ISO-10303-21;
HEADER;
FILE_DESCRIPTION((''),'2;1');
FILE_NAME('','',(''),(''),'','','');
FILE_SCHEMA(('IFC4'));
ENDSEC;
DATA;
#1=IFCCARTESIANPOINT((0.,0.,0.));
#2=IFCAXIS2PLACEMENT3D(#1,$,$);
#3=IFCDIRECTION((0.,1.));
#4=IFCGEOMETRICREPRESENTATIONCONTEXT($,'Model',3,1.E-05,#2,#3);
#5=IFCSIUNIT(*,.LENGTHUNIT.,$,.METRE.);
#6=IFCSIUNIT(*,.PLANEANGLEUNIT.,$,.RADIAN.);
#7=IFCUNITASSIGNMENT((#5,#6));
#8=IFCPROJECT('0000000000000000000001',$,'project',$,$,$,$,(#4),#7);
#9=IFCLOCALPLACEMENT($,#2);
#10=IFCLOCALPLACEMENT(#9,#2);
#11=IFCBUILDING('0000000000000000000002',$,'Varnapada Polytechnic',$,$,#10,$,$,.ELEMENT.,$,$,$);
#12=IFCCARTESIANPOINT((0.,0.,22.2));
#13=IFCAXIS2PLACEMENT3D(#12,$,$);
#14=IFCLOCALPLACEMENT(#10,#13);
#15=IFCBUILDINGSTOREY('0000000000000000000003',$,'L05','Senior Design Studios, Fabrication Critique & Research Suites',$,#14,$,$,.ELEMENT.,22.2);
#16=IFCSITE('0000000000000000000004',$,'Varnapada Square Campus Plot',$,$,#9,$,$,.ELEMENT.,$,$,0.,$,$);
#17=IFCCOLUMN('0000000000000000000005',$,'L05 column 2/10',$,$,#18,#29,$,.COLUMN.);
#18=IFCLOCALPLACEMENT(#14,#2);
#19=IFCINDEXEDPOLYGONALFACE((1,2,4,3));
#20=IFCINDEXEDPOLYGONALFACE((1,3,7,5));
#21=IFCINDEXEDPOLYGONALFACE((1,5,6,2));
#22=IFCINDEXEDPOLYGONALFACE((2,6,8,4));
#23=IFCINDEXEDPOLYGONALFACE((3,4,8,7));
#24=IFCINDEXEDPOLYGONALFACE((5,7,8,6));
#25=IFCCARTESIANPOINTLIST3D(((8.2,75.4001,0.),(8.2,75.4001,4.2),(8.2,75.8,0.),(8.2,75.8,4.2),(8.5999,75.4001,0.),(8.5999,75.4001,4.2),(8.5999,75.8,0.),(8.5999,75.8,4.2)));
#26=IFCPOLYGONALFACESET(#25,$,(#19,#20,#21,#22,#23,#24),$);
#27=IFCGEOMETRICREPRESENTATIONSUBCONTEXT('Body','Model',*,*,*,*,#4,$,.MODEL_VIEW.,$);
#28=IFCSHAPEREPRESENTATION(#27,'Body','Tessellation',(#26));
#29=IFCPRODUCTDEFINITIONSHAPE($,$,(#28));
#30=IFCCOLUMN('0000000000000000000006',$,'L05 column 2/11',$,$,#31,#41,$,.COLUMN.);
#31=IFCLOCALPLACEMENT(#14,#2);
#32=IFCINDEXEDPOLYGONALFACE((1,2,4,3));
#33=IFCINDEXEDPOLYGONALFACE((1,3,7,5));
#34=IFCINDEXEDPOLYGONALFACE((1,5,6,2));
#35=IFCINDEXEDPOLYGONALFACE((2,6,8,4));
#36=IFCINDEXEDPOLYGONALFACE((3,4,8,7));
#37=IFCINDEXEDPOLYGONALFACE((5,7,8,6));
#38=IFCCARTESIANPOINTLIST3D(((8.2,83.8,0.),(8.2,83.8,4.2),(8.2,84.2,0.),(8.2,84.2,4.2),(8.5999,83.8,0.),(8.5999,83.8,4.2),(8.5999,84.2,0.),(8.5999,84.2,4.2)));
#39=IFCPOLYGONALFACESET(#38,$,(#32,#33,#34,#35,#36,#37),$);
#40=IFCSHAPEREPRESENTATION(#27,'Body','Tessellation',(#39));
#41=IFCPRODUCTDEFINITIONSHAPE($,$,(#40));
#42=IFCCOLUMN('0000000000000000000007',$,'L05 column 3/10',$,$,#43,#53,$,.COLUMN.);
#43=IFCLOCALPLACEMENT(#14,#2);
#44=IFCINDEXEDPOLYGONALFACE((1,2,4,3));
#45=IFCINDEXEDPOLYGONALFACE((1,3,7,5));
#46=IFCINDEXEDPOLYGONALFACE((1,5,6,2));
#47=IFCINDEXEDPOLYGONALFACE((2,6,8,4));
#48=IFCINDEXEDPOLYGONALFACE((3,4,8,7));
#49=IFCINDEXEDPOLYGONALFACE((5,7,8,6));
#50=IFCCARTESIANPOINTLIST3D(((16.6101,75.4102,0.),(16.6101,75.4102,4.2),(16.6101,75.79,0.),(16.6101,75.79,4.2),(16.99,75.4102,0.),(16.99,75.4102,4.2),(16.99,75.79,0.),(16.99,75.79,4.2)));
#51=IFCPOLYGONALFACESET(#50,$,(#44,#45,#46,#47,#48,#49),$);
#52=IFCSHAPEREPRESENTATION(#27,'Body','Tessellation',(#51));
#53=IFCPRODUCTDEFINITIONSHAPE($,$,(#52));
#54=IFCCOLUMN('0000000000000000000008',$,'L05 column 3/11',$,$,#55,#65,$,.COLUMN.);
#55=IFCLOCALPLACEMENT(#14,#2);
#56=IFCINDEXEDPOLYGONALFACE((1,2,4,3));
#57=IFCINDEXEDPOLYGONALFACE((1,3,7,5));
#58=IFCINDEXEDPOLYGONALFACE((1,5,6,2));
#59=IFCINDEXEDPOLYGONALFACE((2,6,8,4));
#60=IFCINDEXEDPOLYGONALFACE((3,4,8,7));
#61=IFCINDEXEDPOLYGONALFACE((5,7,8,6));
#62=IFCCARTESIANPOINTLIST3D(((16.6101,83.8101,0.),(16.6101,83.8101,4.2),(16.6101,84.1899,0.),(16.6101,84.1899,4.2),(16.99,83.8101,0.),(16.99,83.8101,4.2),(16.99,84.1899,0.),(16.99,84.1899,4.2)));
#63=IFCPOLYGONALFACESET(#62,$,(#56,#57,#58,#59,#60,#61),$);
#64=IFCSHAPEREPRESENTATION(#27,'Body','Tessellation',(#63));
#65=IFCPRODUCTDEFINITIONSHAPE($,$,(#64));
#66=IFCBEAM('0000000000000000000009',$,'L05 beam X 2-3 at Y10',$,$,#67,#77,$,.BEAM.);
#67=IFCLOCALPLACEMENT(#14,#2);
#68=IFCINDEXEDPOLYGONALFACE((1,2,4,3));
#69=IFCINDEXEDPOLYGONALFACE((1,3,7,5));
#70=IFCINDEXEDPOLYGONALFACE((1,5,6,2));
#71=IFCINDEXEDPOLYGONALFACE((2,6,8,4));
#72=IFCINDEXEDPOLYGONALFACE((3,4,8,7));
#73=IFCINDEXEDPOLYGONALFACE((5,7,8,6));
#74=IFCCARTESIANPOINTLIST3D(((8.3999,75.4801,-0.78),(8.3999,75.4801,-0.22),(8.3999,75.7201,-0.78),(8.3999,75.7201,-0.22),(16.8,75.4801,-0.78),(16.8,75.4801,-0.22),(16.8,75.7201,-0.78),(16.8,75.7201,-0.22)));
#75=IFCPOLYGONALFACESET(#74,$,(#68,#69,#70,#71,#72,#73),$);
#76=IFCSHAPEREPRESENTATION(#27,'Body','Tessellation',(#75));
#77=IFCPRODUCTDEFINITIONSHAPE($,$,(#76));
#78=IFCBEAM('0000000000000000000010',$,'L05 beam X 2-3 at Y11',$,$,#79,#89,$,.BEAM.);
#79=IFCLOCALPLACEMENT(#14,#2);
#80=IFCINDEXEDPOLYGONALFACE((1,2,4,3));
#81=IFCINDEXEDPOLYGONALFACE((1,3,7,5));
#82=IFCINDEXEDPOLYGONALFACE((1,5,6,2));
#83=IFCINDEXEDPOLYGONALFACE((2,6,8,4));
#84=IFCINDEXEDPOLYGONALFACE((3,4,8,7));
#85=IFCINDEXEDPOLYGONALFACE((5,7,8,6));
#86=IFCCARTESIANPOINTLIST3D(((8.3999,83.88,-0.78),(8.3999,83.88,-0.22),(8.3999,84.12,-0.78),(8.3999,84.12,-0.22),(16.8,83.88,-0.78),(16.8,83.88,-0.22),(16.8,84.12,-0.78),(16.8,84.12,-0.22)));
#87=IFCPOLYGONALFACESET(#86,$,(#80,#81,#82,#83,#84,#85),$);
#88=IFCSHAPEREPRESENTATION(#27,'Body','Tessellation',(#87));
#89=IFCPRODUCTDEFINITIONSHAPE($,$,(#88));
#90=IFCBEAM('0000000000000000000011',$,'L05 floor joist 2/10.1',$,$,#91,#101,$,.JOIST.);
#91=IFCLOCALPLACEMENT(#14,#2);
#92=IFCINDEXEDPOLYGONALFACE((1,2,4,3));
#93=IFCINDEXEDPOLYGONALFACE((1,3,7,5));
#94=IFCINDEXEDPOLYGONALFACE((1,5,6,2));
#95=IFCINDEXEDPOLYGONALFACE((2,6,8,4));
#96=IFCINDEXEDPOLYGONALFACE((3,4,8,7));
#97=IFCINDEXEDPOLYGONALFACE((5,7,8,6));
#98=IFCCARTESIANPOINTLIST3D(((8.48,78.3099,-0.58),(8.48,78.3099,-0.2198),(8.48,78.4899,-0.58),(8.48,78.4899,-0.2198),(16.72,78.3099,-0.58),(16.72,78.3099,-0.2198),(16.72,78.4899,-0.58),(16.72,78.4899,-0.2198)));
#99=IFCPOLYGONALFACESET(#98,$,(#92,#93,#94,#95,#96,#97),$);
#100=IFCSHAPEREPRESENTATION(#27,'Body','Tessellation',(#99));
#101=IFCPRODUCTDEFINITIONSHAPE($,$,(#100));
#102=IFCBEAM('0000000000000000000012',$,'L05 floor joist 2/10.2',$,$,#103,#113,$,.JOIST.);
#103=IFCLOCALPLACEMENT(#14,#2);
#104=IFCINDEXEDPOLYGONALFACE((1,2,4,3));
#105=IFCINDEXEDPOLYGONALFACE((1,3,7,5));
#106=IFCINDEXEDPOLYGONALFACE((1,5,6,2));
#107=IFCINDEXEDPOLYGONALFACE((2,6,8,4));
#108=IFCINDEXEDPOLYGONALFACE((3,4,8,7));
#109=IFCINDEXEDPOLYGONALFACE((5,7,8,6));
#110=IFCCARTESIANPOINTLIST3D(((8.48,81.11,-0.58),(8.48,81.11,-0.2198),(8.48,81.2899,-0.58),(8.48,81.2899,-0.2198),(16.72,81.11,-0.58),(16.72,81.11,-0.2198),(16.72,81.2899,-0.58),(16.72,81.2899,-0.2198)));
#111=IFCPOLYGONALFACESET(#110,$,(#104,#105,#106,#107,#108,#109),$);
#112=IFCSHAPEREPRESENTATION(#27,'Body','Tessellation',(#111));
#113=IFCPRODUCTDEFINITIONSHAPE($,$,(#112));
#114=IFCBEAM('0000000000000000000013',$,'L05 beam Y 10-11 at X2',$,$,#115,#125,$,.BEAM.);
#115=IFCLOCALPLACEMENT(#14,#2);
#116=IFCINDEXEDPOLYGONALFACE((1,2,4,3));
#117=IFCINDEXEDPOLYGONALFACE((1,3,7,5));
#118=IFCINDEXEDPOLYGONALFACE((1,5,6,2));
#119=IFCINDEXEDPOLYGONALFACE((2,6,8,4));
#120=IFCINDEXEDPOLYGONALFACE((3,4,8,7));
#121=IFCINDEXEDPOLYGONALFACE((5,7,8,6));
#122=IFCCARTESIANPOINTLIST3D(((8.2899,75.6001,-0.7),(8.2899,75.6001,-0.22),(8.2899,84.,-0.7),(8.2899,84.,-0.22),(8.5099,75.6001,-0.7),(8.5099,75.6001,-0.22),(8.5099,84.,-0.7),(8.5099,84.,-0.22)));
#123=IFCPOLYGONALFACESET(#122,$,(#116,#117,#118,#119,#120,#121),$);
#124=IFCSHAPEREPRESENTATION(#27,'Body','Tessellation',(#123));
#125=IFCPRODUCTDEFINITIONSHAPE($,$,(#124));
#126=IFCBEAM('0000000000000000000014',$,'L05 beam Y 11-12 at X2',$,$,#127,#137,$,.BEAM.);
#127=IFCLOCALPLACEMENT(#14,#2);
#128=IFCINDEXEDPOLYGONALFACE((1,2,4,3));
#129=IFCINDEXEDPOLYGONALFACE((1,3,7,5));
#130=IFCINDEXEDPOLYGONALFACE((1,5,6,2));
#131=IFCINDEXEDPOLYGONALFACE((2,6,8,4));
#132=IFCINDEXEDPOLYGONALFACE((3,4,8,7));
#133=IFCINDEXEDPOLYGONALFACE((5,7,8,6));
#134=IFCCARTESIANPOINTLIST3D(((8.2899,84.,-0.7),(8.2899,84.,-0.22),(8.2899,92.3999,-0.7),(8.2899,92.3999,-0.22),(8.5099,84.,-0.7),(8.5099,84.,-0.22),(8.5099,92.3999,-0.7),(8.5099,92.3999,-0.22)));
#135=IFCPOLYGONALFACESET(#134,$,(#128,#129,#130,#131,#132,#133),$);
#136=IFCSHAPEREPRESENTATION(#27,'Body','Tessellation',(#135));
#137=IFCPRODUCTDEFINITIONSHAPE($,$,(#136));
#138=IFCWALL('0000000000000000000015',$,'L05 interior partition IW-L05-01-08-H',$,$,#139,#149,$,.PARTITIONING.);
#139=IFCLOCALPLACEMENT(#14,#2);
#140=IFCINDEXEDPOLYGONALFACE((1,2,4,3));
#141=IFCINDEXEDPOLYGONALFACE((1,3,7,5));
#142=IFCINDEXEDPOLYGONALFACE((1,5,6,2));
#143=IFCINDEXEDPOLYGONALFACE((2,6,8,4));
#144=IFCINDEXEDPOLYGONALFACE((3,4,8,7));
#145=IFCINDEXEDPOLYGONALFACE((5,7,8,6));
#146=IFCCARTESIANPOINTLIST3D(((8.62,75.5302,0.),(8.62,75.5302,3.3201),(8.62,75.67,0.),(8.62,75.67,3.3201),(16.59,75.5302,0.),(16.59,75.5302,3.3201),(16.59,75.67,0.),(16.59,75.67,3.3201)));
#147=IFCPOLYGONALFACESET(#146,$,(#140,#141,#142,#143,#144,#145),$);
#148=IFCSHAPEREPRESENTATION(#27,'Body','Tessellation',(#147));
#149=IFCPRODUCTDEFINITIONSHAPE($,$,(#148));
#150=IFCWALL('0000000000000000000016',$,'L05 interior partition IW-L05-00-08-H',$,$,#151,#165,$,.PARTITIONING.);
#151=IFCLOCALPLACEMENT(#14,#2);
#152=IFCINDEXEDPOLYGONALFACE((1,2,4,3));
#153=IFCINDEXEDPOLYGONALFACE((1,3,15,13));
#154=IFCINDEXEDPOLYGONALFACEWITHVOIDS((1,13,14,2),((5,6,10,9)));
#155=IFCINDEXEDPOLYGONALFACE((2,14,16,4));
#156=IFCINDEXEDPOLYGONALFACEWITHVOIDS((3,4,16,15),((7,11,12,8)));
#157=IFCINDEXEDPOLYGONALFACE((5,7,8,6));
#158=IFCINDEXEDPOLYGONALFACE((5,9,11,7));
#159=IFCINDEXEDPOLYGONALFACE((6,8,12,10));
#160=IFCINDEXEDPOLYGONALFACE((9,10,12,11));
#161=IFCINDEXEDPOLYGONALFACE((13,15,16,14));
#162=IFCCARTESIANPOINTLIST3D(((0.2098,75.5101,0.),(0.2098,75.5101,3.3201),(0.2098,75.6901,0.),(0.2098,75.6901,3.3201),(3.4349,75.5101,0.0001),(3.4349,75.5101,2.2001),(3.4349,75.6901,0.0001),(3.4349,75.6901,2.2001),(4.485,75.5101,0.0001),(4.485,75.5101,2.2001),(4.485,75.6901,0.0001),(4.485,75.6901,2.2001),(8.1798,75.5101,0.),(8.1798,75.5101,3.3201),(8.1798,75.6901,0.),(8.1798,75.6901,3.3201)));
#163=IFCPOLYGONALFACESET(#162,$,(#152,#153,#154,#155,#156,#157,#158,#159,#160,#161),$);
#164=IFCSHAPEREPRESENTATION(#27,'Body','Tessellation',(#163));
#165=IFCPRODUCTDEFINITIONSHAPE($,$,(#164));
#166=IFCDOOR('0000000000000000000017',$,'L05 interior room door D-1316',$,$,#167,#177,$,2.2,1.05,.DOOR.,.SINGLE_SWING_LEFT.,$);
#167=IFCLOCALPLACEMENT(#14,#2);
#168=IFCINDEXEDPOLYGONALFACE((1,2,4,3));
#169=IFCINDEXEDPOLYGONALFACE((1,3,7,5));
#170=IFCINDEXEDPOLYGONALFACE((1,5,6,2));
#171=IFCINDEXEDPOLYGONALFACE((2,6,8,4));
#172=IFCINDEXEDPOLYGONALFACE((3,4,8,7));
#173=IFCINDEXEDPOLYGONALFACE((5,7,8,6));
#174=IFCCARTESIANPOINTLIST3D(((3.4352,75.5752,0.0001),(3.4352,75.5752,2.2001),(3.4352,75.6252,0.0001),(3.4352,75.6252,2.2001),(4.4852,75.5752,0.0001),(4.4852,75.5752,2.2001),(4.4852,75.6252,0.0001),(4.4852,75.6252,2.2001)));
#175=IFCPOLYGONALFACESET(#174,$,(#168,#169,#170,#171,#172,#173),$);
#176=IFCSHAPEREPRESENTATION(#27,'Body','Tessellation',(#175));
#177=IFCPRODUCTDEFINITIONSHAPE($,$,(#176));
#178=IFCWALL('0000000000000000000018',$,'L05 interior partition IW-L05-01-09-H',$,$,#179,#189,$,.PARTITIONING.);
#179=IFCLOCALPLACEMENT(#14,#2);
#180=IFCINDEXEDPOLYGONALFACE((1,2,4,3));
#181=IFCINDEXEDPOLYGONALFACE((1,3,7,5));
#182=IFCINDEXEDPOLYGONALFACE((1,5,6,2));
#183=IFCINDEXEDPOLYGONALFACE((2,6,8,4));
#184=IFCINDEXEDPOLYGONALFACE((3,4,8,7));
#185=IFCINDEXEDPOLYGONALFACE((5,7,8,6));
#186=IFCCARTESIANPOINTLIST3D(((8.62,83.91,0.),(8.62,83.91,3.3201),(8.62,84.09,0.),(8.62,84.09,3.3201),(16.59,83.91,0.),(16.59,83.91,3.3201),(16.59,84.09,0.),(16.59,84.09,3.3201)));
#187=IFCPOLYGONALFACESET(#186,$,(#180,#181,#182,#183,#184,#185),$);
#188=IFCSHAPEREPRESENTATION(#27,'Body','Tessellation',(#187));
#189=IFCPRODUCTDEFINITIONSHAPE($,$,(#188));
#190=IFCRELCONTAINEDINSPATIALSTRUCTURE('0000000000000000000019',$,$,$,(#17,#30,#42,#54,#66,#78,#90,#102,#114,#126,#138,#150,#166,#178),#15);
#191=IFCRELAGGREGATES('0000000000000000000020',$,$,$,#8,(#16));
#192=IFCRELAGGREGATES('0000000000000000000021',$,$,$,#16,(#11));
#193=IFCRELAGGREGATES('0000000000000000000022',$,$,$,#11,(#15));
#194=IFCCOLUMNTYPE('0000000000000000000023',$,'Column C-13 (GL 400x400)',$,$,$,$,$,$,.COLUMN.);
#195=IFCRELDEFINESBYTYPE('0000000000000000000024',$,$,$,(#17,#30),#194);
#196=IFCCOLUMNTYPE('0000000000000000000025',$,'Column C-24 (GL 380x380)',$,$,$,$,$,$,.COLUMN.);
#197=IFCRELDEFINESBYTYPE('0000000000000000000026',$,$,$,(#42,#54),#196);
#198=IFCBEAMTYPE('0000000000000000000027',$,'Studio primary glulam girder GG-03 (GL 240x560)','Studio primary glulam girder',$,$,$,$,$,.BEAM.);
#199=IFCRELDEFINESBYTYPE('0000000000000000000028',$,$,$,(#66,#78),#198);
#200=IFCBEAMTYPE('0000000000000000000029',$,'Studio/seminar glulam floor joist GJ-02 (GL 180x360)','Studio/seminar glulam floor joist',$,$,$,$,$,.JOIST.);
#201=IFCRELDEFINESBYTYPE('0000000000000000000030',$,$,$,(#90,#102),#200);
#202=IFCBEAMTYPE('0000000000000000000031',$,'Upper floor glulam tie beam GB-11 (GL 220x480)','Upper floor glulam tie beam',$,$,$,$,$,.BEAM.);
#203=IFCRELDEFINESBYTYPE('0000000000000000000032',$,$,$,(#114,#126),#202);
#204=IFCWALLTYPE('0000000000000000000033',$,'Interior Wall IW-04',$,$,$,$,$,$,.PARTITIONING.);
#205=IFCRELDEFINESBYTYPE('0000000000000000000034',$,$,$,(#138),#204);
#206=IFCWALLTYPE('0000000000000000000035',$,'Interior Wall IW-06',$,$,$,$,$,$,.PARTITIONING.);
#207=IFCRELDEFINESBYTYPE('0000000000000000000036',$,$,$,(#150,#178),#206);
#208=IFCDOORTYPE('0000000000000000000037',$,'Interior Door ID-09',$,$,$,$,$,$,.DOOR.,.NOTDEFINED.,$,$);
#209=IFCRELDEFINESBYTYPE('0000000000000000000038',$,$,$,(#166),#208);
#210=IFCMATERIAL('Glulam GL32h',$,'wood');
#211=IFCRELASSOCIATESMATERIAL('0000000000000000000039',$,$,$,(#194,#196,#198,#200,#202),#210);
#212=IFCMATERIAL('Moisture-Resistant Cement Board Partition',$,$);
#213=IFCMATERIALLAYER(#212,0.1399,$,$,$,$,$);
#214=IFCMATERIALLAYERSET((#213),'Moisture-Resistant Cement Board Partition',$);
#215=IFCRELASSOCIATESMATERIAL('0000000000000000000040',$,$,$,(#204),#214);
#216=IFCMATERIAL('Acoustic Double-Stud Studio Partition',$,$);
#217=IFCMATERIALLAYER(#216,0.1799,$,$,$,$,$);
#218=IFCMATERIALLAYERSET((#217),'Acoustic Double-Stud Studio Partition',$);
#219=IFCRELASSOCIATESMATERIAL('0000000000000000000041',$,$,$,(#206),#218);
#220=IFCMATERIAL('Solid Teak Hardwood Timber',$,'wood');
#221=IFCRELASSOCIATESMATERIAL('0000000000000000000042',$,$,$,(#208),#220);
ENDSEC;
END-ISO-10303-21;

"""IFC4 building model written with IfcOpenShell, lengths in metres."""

from ifc_helpers import new_model, si_unit, direction, frame, frame_2d, origin, origin_2d, place, context, subcontext, project, spatial, rectangle, extrude, material, layer, layer_set, material_profile, profile_set, type_object, element, fill, save


model = new_model("IFC4")

# Units and contexts
model_context = context("Model", 3, precision=1e-05, world=origin(), true_north=direction((0.0, 1.0)))
body_context = subcontext(model_context, "Body", "Model", "MODEL_VIEW")
ifc_project = project(units=[si_unit("LENGTHUNIT", "METRE"), si_unit("PLANEANGLEUNIT", "RADIAN")], contexts=[model_context])

# Site, building, storey
site_placement = place(None, origin())
site = spatial("IfcSite", under=ifc_project, at=site_placement, Name="Varnapada Square Campus Plot", CompositionType="ELEMENT", RefElevation=0.0)
building_placement = place(site_placement, origin())
building = spatial("IfcBuilding", under=site, at=building_placement, Name="Varnapada Polytechnic", CompositionType="ELEMENT")
storey_placement = place(building_placement, frame((0.0, 0.0, 22.2)))
storey = spatial("IfcBuildingStorey", under=building, at=storey_placement, Name="L05", Description="Senior Design Studios, Fabrication Critique & Research Suites", CompositionType="ELEMENT", Elevation=22.2)

# Columns
ifc_material_1 = material(Name="Glulam GL32h", Category="wood")
ifc_material_profile_1 = material_profile(ifc_material_1, rectangle(XDim=0.3999, YDim=0.3999, at=origin_2d()), Name="GL 400x400")
ifc_profile_set_1 = profile_set([ifc_material_profile_1], Name="Glulam GL32h")
column_type_1 = type_object("IfcColumnType", Name="Column C-13 (GL 400x400)", PredefinedType="COLUMN", material=ifc_profile_set_1)
for number, where, z_axis, x_axis, name in (
    (1, (8.3999, 75.6001, 0.0), (0.0, 0.0, 1.0), (1.0, 0.0, 0.0), "L05 column 2/10"),
    (2, (8.3999, 84.0, 0.0), (0.0, 0.0, 1.0), (1.0, 0.0, 0.0), "L05 column 2/11"),
):
    element("IfcColumn", number, at=place(storey_placement, frame(where, z_axis=z_axis, x_axis=x_axis)), inside=storey, type_object=column_type_1, Name=name, PredefinedType="COLUMN", context=body_context, shape_type="SweptSolid", body=[
        extrude(rectangle(XDim=0.3999, YDim=0.3999, at=origin_2d()), origin(), (0.0, 0.0, 1.0), 4.2),
    ])
ifc_material_profile_2 = material_profile(ifc_material_1, rectangle(XDim=0.3799, YDim=0.3799, at=origin_2d()), Name="GL 380x380")
ifc_profile_set_2 = profile_set([ifc_material_profile_2], Name="Glulam GL32h")
column_type_2 = type_object("IfcColumnType", Name="Column C-24 (GL 380x380)", PredefinedType="COLUMN", material=ifc_profile_set_2)
for number, where, z_axis, x_axis, name in (
    (3, (16.8, 75.6001, 0.0), (0.0, 0.0, 1.0), (1.0, 0.0, 0.0), "L05 column 3/10"),
    (4, (16.8, 84.0, 0.0), (0.0, 0.0, 1.0), (1.0, 0.0, 0.0), "L05 column 3/11"),
):
    element("IfcColumn", number, at=place(storey_placement, frame(where, z_axis=z_axis, x_axis=x_axis)), inside=storey, type_object=column_type_2, Name=name, PredefinedType="COLUMN", context=body_context, shape_type="SweptSolid", body=[
        extrude(rectangle(XDim=0.3799, YDim=0.3799, at=origin_2d()), origin(), (0.0, 0.0, 1.0), 4.2),
    ])

# Beams
ifc_material_profile_3 = material_profile(ifc_material_1, rectangle(XDim=0.24, YDim=0.5601, at=origin_2d()), Name="GL 240x560")
ifc_profile_set_3 = profile_set([ifc_material_profile_3], Name="Glulam GL32h")
beam_type_1 = type_object("IfcBeamType", Name="Studio primary glulam girder GG-03 (GL 240x560)", Description="Studio primary glulam girder", PredefinedType="BEAM", material=ifc_profile_set_3)
for number, where, z_axis, x_axis, name in (
    (5, (8.3999, 75.6001, -0.5), (1.0, 0.0, 0.0), (0.0, 1.0, 0.0), "L05 beam X 2-3 at Y10"),
    (6, (8.3999, 84.0, -0.5), (1.0, 0.0, 0.0), (0.0, 1.0, 0.0), "L05 beam X 2-3 at Y11"),
):
    element("IfcBeam", number, at=place(storey_placement, frame(where, z_axis=z_axis, x_axis=x_axis)), inside=storey, type_object=beam_type_1, Name=name, PredefinedType="BEAM", context=body_context, shape_type="SweptSolid", body=[
        extrude(rectangle(XDim=0.24, YDim=0.5601, at=origin_2d()), origin(), (0.0, 0.0, 1.0), 8.4001),
    ])
ifc_material_profile_4 = material_profile(ifc_material_1, rectangle(XDim=0.1799, YDim=0.3601, at=origin_2d()), Name="GL 180x360")
ifc_profile_set_4 = profile_set([ifc_material_profile_4], Name="Glulam GL32h")
beam_type_2 = type_object("IfcBeamType", Name="Studio/seminar glulam floor joist GJ-02 (GL 180x360)", Description="Studio/seminar glulam floor joist", PredefinedType="JOIST", material=ifc_profile_set_4)
for number, where, z_axis, x_axis, name in (
    (7, (8.48, 78.3999, -0.3999), (1.0, 0.0, 0.0), (0.0, 1.0, 0.0), "L05 floor joist 2/10.1"),
    (8, (8.48, 81.2, -0.3999), (1.0, 0.0, 0.0), (0.0, 1.0, 0.0), "L05 floor joist 2/10.2"),
):
    element("IfcBeam", number, at=place(storey_placement, frame(where, z_axis=z_axis, x_axis=x_axis)), inside=storey, type_object=beam_type_2, Name=name, PredefinedType="JOIST", context=body_context, shape_type="SweptSolid", body=[
        extrude(rectangle(XDim=0.1799, YDim=0.3601, at=origin_2d()), origin(), (0.0, 0.0, 1.0), 8.24),
    ])
ifc_material_profile_5 = material_profile(ifc_material_1, rectangle(XDim=0.22, YDim=0.48, at=origin_2d()), Name="GL 220x480")
ifc_profile_set_5 = profile_set([ifc_material_profile_5], Name="Glulam GL32h")
beam_type_3 = type_object("IfcBeamType", Name="Upper floor glulam tie beam GB-11 (GL 220x480)", Description="Upper floor glulam tie beam", PredefinedType="BEAM", material=ifc_profile_set_5)
for number, where, z_axis, x_axis, name in (
    (9, (8.3999, 75.6001, -0.46), (0.0, 1.0, 0.0), (-1.0, 0.0, 0.0), "L05 beam Y 10-11 at X2"),
    (10, (8.3999, 84.0, -0.46), (0.0, 1.0, 0.0), (-1.0, 0.0, 0.0), "L05 beam Y 11-12 at X2"),
):
    element("IfcBeam", number, at=place(storey_placement, frame(where, z_axis=z_axis, x_axis=x_axis)), inside=storey, type_object=beam_type_3, Name=name, PredefinedType="BEAM", context=body_context, shape_type="SweptSolid", body=[
        extrude(rectangle(XDim=0.22, YDim=0.48, at=origin_2d()), origin(), (0.0, 0.0, 1.0), 8.3999),
    ])

# Wall
ifc_material_2 = material(Name="Moisture-Resistant Cement Board Partition")
ifc_layer_1 = layer(ifc_material_2, 0.1399)
ifc_layer_set_1 = layer_set([ifc_layer_1], Name="Moisture-Resistant Cement Board Partition")
wall_type_1 = type_object("IfcWallType", Name="Interior Wall IW-04", PredefinedType="PARTITIONING", material=ifc_layer_set_1)
wall_1_placement = place(storey_placement, frame((8.6201, 75.6001, 0.0), z_axis=(0.0, 0.0, 1.0), x_axis=(1.0, 0.0, 0.0)))
element("IfcWall", 11, at=wall_1_placement, inside=storey, type_object=wall_type_1, Name="L05 interior partition IW-L05-01-08-H", PredefinedType="PARTITIONING", context=body_context, shape_type="SweptSolid", body=[
    extrude(rectangle(XDim=7.97, YDim=0.1399, at=frame_2d((3.9849, 0.0))), origin(), (0.0, 0.0, 1.0), 3.3201),
])

# Wall, opening, door
ifc_material_3 = material(Name="Acoustic Double-Stud Studio Partition")
ifc_layer_2 = layer(ifc_material_3, 0.1799)
ifc_layer_set_2 = layer_set([ifc_layer_2], Name="Acoustic Double-Stud Studio Partition")
wall_type_2 = type_object("IfcWallType", Name="Interior Wall IW-06", PredefinedType="PARTITIONING", material=ifc_layer_set_2)
wall_2_placement = place(storey_placement, frame((0.21, 75.6001, 0.0), z_axis=(0.0, 0.0, 1.0), x_axis=(1.0, 0.0, 0.0)))
wall_2 = element("IfcWall", 12, at=wall_2_placement, inside=storey, type_object=wall_type_2, Name="L05 interior partition IW-L05-00-08-H", PredefinedType="PARTITIONING", context=body_context, shape_type="SweptSolid", body=[
    extrude(rectangle(XDim=7.97, YDim=0.1799, at=frame_2d((3.9849, 0.0))), origin(), (0.0, 0.0, 1.0), 3.3201),
])
opening_1_placement = place(wall_2_placement, frame((3.2251, 0.0, 0.0)))
opening_1 = element("IfcOpeningElement", 13, at=opening_1_placement, cuts=wall_2, PredefinedType="OPENING", context=body_context, shape_type="SweptSolid", body=[
    extrude(rectangle(XDim=1.05, YDim=2.2, at=frame_2d((0.5249, 1.1001))), frame((0.0, 0.0999, 0.0), z_axis=(0.0, -1.0, 0.0), x_axis=(1.0, 0.0, 0.0)), (0.0, 0.0, 1.0), 0.2),
])
ifc_material_4 = material(Name="Solid Teak Hardwood Timber", Category="wood")
door_type_1 = type_object("IfcDoorType", Name="Interior Door ID-09", OperationType="NOTDEFINED", PredefinedType="DOOR", material=ifc_material_4)
door_1_placement = place(opening_1_placement, frame((1.05, 0.0, 0.0), z_axis=(0.0, 0.0, 1.0), x_axis=(-1.0, 0.0, 0.0)))
door_1 = element("IfcDoor", 14, at=door_1_placement, inside=storey, type_object=door_type_1, Name="L05 interior room door D-1316", OperationType="SINGLE_SWING_LEFT", OverallHeight=2.2, OverallWidth=1.05, PredefinedType="DOOR", context=body_context, shape_type="SweptSolid", body=[
    extrude(rectangle(XDim=1.05, YDim=2.2, at=frame_2d((0.5249, 1.1001))), frame((0.0, 0.0249, 0.0), z_axis=(0.0, -1.0, 0.0), x_axis=(1.0, 0.0, 0.0)), (0.0, 0.0, 1.0), 0.05),
])
fill(opening_1, door_1)

# Wall
wall_3_placement = place(storey_placement, frame((8.6201, 84.0, 0.0), z_axis=(0.0, 0.0, 1.0), x_axis=(1.0, 0.0, 0.0)))
element("IfcWall", 15, at=wall_3_placement, inside=storey, type_object=wall_type_2, Name="L05 interior partition IW-L05-01-09-H", PredefinedType="PARTITIONING", context=body_context, shape_type="SweptSolid", body=[
    extrude(rectangle(XDim=7.97, YDim=0.1799, at=frame_2d((3.9849, 0.0))), origin(), (0.0, 0.0, 1.0), 3.3201),
])

save(model, "model.ifc")
